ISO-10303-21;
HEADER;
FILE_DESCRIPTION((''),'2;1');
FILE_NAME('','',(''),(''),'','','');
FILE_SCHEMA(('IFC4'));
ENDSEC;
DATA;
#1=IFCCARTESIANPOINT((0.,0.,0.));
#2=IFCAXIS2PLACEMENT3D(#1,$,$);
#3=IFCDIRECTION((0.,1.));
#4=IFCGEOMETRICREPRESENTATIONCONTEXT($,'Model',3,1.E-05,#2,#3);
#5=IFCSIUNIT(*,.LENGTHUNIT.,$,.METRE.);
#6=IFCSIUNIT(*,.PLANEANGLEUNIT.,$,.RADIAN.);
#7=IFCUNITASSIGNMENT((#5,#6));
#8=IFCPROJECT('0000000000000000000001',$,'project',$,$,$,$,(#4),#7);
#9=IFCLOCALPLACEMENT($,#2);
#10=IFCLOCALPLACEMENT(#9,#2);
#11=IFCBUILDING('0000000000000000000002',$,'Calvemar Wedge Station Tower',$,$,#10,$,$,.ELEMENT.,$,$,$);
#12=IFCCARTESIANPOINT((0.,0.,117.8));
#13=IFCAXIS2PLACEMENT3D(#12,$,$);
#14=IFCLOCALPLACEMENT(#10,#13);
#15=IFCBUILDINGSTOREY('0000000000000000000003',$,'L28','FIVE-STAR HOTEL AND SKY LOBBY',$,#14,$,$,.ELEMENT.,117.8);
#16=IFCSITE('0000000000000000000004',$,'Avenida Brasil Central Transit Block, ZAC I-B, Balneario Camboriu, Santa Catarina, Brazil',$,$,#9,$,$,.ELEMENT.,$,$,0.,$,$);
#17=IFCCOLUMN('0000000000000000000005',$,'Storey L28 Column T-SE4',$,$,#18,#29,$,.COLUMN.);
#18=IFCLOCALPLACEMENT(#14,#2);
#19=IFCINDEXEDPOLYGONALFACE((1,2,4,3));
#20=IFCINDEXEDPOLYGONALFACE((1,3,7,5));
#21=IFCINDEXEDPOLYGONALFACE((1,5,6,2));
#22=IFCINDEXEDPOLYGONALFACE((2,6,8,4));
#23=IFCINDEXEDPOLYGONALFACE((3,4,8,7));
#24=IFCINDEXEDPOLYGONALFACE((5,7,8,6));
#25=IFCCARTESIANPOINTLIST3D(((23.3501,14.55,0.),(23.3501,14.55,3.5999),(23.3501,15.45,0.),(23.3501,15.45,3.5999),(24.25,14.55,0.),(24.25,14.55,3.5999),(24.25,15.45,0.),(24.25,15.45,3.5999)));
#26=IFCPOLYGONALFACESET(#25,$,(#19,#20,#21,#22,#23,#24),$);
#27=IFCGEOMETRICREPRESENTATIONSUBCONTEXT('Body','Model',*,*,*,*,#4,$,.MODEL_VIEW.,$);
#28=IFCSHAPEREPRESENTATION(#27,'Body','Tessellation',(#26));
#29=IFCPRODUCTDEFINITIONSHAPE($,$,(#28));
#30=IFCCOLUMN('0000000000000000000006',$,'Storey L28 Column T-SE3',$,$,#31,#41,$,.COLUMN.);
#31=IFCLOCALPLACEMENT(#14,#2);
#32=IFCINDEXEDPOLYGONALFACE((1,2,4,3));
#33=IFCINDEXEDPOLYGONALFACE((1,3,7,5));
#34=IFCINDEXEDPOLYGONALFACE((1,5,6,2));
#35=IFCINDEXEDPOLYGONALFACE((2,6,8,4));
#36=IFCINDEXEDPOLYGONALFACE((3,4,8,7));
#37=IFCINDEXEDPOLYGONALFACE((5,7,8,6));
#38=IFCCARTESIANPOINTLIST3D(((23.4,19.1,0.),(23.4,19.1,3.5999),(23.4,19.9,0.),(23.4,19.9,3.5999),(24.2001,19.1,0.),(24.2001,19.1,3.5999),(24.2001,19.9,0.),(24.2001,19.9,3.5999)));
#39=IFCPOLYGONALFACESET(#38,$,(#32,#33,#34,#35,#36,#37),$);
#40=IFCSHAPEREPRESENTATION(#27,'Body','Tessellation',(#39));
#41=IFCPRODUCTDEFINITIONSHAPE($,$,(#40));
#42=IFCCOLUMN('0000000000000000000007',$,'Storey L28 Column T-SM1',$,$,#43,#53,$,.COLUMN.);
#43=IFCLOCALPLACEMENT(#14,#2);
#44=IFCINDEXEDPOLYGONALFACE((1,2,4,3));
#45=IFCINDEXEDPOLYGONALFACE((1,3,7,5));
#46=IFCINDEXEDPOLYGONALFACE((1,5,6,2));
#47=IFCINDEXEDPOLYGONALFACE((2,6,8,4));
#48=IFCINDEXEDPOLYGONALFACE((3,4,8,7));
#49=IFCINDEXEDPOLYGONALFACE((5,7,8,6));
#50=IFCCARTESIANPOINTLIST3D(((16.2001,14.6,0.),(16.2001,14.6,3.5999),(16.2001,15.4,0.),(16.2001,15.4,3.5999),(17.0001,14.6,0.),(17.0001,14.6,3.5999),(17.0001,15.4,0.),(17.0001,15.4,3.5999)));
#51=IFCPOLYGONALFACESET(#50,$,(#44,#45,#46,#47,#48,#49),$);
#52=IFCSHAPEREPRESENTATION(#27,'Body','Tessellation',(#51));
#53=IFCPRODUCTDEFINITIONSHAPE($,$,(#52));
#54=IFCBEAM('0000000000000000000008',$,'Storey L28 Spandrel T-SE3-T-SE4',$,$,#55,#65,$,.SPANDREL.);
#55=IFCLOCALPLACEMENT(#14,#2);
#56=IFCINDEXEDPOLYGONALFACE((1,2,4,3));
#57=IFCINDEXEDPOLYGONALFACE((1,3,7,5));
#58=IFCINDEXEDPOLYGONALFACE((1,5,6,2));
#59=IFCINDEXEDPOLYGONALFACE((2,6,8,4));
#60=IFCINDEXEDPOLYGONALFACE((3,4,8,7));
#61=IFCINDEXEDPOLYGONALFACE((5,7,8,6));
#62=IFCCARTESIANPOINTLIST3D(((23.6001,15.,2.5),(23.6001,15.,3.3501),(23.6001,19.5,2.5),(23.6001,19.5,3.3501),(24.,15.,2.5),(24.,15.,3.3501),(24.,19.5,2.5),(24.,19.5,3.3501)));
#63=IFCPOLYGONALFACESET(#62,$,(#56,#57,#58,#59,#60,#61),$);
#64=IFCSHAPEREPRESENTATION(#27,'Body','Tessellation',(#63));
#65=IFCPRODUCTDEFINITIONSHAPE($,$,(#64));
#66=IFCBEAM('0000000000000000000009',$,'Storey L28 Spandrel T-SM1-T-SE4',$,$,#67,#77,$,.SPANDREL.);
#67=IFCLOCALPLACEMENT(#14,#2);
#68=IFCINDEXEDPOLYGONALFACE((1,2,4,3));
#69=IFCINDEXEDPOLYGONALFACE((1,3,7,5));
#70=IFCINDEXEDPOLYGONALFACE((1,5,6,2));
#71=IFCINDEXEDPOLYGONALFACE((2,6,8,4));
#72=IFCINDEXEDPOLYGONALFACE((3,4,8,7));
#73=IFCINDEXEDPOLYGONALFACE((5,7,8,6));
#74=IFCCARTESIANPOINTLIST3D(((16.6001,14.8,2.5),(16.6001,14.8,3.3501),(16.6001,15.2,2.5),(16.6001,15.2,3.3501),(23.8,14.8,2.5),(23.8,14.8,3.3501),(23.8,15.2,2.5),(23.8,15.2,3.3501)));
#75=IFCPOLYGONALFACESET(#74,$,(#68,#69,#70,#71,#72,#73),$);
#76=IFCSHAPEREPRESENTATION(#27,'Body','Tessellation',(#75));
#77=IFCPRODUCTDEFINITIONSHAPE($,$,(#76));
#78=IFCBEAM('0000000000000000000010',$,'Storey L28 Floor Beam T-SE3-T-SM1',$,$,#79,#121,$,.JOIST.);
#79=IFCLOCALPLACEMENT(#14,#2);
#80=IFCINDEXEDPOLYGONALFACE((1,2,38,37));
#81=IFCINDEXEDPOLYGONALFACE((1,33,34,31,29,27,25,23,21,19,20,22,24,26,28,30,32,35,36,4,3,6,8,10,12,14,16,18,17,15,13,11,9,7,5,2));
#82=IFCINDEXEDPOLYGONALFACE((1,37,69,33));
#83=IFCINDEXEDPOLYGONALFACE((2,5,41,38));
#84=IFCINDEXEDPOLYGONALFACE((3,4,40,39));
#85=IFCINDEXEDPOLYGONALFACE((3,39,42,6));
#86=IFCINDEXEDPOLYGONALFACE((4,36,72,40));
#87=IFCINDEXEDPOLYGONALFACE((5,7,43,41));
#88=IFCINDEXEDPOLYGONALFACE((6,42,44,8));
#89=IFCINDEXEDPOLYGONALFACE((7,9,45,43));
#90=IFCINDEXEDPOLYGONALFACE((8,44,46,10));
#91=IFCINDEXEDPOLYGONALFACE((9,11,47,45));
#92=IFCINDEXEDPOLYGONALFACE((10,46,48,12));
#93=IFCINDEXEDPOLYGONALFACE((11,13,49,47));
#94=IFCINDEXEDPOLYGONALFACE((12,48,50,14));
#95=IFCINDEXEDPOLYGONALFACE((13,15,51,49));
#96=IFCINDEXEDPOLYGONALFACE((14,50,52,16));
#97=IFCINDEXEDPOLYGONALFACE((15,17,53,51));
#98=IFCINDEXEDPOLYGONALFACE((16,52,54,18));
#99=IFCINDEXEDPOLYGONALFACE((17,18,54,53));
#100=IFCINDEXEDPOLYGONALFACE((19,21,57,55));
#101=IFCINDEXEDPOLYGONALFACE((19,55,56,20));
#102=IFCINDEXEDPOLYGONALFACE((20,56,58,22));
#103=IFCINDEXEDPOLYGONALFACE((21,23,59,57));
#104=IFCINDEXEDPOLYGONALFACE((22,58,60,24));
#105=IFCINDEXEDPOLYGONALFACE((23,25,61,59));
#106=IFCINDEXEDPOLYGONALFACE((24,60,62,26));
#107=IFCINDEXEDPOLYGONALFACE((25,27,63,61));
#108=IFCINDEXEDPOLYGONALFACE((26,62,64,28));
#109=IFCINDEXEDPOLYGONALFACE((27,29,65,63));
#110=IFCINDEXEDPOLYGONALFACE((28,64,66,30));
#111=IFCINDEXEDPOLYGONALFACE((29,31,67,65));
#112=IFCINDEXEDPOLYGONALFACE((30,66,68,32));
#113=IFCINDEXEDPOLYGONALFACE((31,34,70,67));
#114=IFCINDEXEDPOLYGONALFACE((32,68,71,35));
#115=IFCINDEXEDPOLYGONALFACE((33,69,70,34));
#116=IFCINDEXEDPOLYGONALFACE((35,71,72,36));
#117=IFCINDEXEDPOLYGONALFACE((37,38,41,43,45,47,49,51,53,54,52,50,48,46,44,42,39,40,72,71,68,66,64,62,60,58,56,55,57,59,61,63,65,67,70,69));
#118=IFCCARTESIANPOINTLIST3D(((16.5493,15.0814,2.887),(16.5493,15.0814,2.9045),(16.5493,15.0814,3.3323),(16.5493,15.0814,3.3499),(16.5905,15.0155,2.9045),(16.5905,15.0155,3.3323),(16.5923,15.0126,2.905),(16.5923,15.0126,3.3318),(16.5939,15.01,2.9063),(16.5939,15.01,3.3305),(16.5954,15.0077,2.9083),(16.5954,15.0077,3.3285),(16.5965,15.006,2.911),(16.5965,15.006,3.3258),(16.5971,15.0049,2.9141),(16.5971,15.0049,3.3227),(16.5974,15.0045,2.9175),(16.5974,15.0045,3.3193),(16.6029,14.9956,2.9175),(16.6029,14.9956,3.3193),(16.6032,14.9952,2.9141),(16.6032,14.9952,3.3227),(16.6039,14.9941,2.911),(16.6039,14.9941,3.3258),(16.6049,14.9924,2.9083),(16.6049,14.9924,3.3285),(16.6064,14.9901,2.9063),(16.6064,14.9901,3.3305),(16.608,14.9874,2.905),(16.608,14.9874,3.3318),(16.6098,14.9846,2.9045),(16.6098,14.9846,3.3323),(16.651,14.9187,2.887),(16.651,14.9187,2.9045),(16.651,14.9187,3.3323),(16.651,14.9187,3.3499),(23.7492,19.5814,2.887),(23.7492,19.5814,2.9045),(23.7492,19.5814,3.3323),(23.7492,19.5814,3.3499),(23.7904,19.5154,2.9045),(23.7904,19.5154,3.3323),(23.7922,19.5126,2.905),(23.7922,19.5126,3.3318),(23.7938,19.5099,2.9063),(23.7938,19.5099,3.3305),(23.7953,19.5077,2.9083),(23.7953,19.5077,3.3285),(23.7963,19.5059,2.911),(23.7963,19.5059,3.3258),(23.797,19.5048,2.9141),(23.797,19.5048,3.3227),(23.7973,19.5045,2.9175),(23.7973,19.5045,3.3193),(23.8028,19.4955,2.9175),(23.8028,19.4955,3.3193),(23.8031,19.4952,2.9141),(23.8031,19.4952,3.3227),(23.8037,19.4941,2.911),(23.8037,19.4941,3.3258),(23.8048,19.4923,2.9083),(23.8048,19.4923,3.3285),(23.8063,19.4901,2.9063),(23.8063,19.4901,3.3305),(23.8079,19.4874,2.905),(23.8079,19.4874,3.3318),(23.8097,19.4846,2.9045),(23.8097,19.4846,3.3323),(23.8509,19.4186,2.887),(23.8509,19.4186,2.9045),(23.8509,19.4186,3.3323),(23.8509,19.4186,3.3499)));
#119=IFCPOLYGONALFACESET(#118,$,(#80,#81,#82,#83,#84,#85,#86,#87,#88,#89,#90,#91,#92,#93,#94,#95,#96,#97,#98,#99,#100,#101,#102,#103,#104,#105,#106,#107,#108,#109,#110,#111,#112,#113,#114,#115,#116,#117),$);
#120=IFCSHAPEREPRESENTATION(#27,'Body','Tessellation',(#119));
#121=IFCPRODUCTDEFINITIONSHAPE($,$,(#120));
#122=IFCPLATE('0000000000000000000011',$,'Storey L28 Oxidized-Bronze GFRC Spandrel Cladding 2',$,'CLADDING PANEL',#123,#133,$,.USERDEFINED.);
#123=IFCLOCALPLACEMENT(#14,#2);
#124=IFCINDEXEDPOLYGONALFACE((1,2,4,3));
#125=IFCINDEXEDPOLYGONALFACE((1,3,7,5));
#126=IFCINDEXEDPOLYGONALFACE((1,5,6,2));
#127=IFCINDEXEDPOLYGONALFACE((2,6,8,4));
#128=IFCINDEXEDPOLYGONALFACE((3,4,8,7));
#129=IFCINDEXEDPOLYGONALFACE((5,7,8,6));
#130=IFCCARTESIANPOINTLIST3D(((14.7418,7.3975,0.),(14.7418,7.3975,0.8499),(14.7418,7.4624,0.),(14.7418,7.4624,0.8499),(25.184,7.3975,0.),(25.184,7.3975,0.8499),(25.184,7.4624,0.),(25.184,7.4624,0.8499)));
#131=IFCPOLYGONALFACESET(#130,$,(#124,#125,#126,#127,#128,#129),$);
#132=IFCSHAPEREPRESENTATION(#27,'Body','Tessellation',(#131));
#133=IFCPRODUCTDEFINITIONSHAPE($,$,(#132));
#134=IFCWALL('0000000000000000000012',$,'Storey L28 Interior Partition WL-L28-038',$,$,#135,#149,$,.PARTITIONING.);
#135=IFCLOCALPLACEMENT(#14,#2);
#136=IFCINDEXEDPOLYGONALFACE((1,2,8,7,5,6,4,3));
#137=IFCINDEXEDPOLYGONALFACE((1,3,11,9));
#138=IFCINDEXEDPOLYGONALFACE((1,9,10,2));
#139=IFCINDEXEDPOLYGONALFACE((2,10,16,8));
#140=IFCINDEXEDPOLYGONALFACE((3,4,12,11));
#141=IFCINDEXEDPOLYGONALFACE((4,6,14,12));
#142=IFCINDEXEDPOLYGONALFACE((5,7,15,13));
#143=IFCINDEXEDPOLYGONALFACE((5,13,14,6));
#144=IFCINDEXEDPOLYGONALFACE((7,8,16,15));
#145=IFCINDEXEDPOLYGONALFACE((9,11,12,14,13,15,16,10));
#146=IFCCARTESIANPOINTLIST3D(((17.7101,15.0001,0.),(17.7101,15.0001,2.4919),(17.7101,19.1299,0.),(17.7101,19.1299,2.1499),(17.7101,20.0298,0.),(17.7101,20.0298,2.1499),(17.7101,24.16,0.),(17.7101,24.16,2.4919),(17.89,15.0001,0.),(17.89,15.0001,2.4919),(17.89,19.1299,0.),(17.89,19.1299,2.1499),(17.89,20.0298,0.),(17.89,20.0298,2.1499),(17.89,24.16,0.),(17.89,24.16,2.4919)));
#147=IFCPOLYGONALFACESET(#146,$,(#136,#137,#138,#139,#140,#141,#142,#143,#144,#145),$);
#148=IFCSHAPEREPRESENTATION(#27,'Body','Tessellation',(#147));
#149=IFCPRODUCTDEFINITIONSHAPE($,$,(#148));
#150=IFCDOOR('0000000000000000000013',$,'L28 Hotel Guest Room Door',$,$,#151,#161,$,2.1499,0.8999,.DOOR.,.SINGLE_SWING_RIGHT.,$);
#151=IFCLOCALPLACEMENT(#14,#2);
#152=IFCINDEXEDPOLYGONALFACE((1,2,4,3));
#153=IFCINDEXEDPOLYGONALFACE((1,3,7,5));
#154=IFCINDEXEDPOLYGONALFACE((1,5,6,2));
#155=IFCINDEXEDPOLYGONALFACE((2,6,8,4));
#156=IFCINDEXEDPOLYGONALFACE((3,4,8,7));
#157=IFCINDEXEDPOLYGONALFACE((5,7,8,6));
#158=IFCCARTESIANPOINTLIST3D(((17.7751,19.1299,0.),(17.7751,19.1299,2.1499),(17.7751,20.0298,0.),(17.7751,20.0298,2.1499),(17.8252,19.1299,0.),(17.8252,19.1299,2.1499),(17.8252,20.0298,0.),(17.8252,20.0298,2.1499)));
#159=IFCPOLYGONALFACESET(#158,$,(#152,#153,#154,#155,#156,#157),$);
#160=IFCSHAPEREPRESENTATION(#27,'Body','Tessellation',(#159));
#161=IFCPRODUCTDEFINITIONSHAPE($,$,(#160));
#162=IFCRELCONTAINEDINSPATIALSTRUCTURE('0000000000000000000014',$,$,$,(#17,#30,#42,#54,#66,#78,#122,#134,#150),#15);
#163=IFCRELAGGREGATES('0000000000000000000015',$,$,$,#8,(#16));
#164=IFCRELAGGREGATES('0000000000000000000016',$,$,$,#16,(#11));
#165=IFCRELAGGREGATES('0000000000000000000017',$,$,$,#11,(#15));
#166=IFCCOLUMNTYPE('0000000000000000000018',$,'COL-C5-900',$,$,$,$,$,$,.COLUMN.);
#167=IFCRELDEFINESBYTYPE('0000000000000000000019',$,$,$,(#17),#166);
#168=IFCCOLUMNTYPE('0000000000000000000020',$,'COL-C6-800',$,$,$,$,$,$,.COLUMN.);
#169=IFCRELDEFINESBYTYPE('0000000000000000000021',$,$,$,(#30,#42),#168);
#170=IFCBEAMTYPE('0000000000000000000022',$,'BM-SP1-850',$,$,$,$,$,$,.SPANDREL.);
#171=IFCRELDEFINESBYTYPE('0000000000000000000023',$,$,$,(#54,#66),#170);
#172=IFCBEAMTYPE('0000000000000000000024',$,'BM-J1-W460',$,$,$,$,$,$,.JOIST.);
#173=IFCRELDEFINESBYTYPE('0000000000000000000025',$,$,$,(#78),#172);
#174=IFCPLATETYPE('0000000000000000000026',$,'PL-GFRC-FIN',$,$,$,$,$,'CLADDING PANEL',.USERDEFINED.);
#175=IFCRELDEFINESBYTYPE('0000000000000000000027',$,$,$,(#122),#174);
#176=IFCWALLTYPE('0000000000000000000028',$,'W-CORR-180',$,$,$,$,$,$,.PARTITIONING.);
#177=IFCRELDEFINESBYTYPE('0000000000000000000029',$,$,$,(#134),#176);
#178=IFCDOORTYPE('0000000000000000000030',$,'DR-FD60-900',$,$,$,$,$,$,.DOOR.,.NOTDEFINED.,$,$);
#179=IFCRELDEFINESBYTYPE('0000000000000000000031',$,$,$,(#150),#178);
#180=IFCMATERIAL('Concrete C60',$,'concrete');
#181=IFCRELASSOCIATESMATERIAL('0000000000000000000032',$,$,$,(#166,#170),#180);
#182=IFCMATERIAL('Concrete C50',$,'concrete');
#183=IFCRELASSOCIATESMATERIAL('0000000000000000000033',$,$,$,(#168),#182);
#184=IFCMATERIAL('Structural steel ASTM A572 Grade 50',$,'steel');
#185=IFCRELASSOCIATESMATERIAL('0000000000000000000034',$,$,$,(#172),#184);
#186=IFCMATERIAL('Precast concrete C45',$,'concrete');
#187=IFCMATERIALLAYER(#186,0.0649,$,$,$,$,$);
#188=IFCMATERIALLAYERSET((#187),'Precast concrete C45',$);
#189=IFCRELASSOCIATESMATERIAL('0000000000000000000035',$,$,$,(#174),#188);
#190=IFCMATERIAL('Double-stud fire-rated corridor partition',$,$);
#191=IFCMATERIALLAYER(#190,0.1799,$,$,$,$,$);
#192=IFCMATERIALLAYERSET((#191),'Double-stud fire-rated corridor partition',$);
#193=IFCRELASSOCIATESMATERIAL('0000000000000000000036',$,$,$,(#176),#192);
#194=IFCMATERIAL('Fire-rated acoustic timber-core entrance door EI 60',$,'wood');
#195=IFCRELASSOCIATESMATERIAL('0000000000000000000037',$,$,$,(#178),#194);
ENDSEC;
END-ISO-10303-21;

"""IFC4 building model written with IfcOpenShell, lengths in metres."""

from ifc_helpers import new_model, si_unit, direction, frame, frame_2d, origin, origin_2d, place, context, subcontext, project, spatial, rectangle, i_section, extrude, source, transform, mapped, material, layer, layer_set, material_profile, profile_set, type_object, element, fill, save


model = new_model("IFC4")

# Units and contexts
model_context = context("Model", 3, precision=1e-05, world=origin(), true_north=direction((0.0, 1.0)))
body_context = subcontext(model_context, "Body", "Model", "MODEL_VIEW")
ifc_project = project(units=[si_unit("LENGTHUNIT", "METRE"), si_unit("PLANEANGLEUNIT", "RADIAN")], contexts=[model_context])

# Site, building, storey
site_placement = place(None, origin())
site = spatial("IfcSite", under=ifc_project, at=site_placement, Name="Avenida Brasil Central Transit Block, ZAC I-B, Balneario Camboriu, Santa Catarina, Brazil", CompositionType="ELEMENT", RefElevation=0.0)
building_placement = place(site_placement, origin())
building = spatial("IfcBuilding", under=site, at=building_placement, Name="Calvemar Wedge Station Tower", CompositionType="ELEMENT")
storey_placement = place(building_placement, frame((0.0, 0.0, 117.8)))
storey = spatial("IfcBuildingStorey", under=building, at=storey_placement, Name="L28", Description="FIVE-STAR HOTEL AND SKY LOBBY", CompositionType="ELEMENT", Elevation=117.8)

# Columns
ifc_material_1 = material(Name="Concrete C60", Category="concrete")
ifc_material_profile_1 = material_profile(ifc_material_1, rectangle(XDim=0.8999, YDim=0.8999, at=origin_2d()), Name="RC900x900")
ifc_profile_set_1 = profile_set([ifc_material_profile_1], Name="Concrete C60")
column_type_1 = type_object("IfcColumnType", Name="COL-C5-900", PredefinedType="COLUMN", material=ifc_profile_set_1)
shared_shape_1 = source(origin(), body_context, "Body", "SweptSolid", [
    extrude(rectangle(XDim=0.8999, YDim=0.8999, at=origin_2d()), origin(), (0.0, 0.0, 1.0), 3.5999),
])
column_placement = place(storey_placement, frame((23.8, 15.0, 0.0), z_axis=(0.0, 0.0, 1.0), x_axis=(1.0, 0.0, 0.0)))
element("IfcColumn", 1, at=column_placement, inside=storey, type_object=column_type_1, Name="Storey L28 Column T-SE4", PredefinedType="COLUMN", context=body_context, shape_type="MappedRepresentation", body=[
    mapped(shared_shape_1, transform((0.0, 0.0, 0.0), scale=1.0)),
])
ifc_material_2 = material(Name="Concrete C50", Category="concrete")
ifc_material_profile_2 = material_profile(ifc_material_2, rectangle(XDim=0.8, YDim=0.8, at=origin_2d()), Name="RC800x800")
ifc_profile_set_2 = profile_set([ifc_material_profile_2], Name="Concrete C50")
column_type_2 = type_object("IfcColumnType", Name="COL-C6-800", PredefinedType="COLUMN", material=ifc_profile_set_2)
shared_shape_2 = source(origin(), body_context, "Body", "SweptSolid", [
    extrude(rectangle(XDim=0.8, YDim=0.8, at=origin_2d()), origin(), (0.0, 0.0, 1.0), 3.5999),
])
for number, where, z_axis, x_axis, name in (
    (2, (23.8, 19.5, 0.0), (0.0, 0.0, 1.0), (1.0, 0.0, 0.0), "Storey L28 Column T-SE3"),
    (3, (16.6001, 15.0, 0.0), (0.0, 0.0, 1.0), (1.0, 0.0, 0.0), "Storey L28 Column T-SM1"),
):
    element("IfcColumn", number, at=place(storey_placement, frame(where, z_axis=z_axis, x_axis=x_axis)), inside=storey, type_object=column_type_2, Name=name, PredefinedType="COLUMN", context=body_context, shape_type="MappedRepresentation", body=[
        mapped(shared_shape_2, transform((0.0, 0.0, 0.0), scale=1.0)),
    ])

# Beams
ifc_material_profile_3 = material_profile(ifc_material_1, rectangle(XDim=0.3999, YDim=0.8501, at=origin_2d()), Name="RC400x850")
ifc_profile_set_3 = profile_set([ifc_material_profile_3], Name="Concrete C60")
beam_type_1 = type_object("IfcBeamType", Name="BM-SP1-850", PredefinedType="SPANDREL", material=ifc_profile_set_3)
shared_shape_3 = source(origin(), body_context, "Body", "SweptSolid", [
    extrude(rectangle(XDim=0.3999, YDim=0.8501, at=origin_2d()), origin(), (0.0, 0.0, 1.0), 4.5),
])
beam_1_placement = place(storey_placement, frame((23.8, 19.5, 2.925), z_axis=(0.0, -1.0, 0.0), x_axis=(1.0, 0.0, 0.0)))
element("IfcBeam", 4, at=beam_1_placement, inside=storey, type_object=beam_type_1, Name="Storey L28 Spandrel T-SE3-T-SE4", PredefinedType="SPANDREL", context=body_context, shape_type="MappedRepresentation", body=[
    mapped(shared_shape_3, transform((0.0, 0.0, 0.0), scale=1.0)),
])
shared_shape_4 = source(origin(), body_context, "Body", "SweptSolid", [
    extrude(rectangle(XDim=0.3999, YDim=0.8501, at=origin_2d()), origin(), (0.0, 0.0, 1.0), 7.2),
])
beam_2_placement = place(storey_placement, frame((16.6001, 15.0, 2.925), z_axis=(1.0, 0.0, 0.0), x_axis=(0.0, 1.0, 0.0)))
element("IfcBeam", 5, at=beam_2_placement, inside=storey, type_object=beam_type_1, Name="Storey L28 Spandrel T-SM1-T-SE4", PredefinedType="SPANDREL", context=body_context, shape_type="MappedRepresentation", body=[
    mapped(shared_shape_4, transform((0.0, 0.0, 0.0), scale=1.0)),
])
ifc_material_3 = material(Name="Structural steel ASTM A572 Grade 50", Category="steel")
ifc_material_profile_4 = material_profile(ifc_material_3, i_section(OverallWidth=0.1919, OverallDepth=0.4629, WebThickness=0.0105, FlangeThickness=0.0176, FilletRadius=0.0129, at=origin_2d()), Name="W460x89")
ifc_profile_set_4 = profile_set([ifc_material_profile_4], Name="Structural steel ASTM A572 Grade 50")
beam_type_2 = type_object("IfcBeamType", Name="BM-J1-W460", PredefinedType="JOIST", material=ifc_profile_set_4)
shared_shape_5 = source(origin(), body_context, "Body", "SweptSolid", [
    extrude(i_section(OverallWidth=0.1919, OverallDepth=0.4629, WebThickness=0.0105, FlangeThickness=0.0176, FilletRadius=0.0129, at=origin_2d()), origin(), (0.0, 0.0, 1.0), 8.4905),
])
beam_3_placement = place(storey_placement, frame((23.8, 19.5, 3.1184), z_axis=(-0.847997, -0.530002, 0.0), x_axis=(0.530002, -0.847997, 0.0)))
element("IfcBeam", 6, at=beam_3_placement, inside=storey, type_object=beam_type_2, Name="Storey L28 Floor Beam T-SE3-T-SM1", PredefinedType="JOIST", context=body_context, shape_type="MappedRepresentation", body=[
    mapped(shared_shape_5, transform((0.0, 0.0, 0.0), scale=1.0)),
])

# Plate
ifc_material_4 = material(Name="Precast concrete C45", Category="concrete")
ifc_layer_1 = layer(ifc_material_4, 0.0649)
ifc_layer_set_1 = layer_set([ifc_layer_1], Name="Precast concrete C45")
plate_type = type_object("IfcPlateType", Name="PL-GFRC-FIN", ElementType="CLADDING PANEL", PredefinedType="USERDEFINED", material=ifc_layer_set_1)
plate_placement = place(storey_placement, frame((14.7417, 7.4299, 0.0), z_axis=(0.0, 0.0, 1.0), x_axis=(1.0, 0.0, 0.0)))
element("IfcPlate", 7, at=plate_placement, inside=storey, type_object=plate_type, Name="Storey L28 Oxidized-Bronze GFRC Spandrel Cladding 2", ObjectType="CLADDING PANEL", PredefinedType="USERDEFINED", context=body_context, shape_type="SweptSolid", body=[
    extrude(rectangle(XDim=10.4421, YDim=0.0649, at=frame_2d((5.2212, 0.0))), origin(), (0.0, 0.0, 1.0), 0.8499),
])

# Wall, opening, door
ifc_material_5 = material(Name="Double-stud fire-rated corridor partition")
ifc_layer_2 = layer(ifc_material_5, 0.1799)
ifc_layer_set_2 = layer_set([ifc_layer_2], Name="Double-stud fire-rated corridor partition")
wall_type_1 = type_object("IfcWallType", Name="W-CORR-180", PredefinedType="PARTITIONING", material=ifc_layer_set_2)
wall_1_placement = place(storey_placement, frame((17.8, 15.0, 0.0), z_axis=(0.0, 0.0, 1.0), x_axis=(0.0, 1.0, 0.0)))
wall_1 = element("IfcWall", 8, at=wall_1_placement, inside=storey, type_object=wall_type_1, Name="Storey L28 Interior Partition WL-L28-038", PredefinedType="PARTITIONING", context=body_context, shape_type="SweptSolid", body=[
    extrude(rectangle(XDim=9.1599, YDim=0.1799, at=frame_2d((4.5801, 0.0))), origin(), (0.0, 0.0, 1.0), 2.4919),
])
shared_shape_6 = source(origin(), body_context, "Body", "SweptSolid", [
    extrude(rectangle(XDim=0.8999, YDim=2.1499, at=frame_2d((0.45, 1.075))), frame((0.0, 0.1001, 0.0), z_axis=(0.0, -1.0, 0.0), x_axis=(1.0, 0.0, 0.0)), (0.0, 0.0, 1.0), 0.2),
])
opening_1_placement = place(wall_1_placement, frame((4.1299, 0.0, 0.0)))
opening_1 = element("IfcOpeningElement", 9, at=opening_1_placement, cuts=wall_1, PredefinedType="OPENING", context=body_context, shape_type="MappedRepresentation", body=[
    mapped(shared_shape_6, transform((0.0, 0.0, 0.0), scale=1.0)),
])
ifc_material_6 = material(Name="Fire-rated acoustic timber-core entrance door EI 60", Category="wood")
door_type_1 = type_object("IfcDoorType", Name="DR-FD60-900", OperationType="NOTDEFINED", PredefinedType="DOOR", material=ifc_material_6)
shared_shape_7 = source(origin(), body_context, "Body", "SweptSolid", [
    extrude(rectangle(XDim=0.8999, YDim=2.1499, at=frame_2d((0.45, 1.075))), frame((0.0, 0.0249, 0.0), z_axis=(0.0, -1.0, 0.0), x_axis=(1.0, 0.0, 0.0)), (0.0, 0.0, 1.0), 0.05),
])
door_1_placement = place(opening_1_placement, origin())
door_1 = element("IfcDoor", 10, at=door_1_placement, inside=storey, type_object=door_type_1, Name="L28 Hotel Guest Room Door", OperationType="SINGLE_SWING_RIGHT", OverallHeight=2.1499, OverallWidth=0.8999, PredefinedType="DOOR", context=body_context, shape_type="MappedRepresentation", body=[
    mapped(shared_shape_7, transform((0.0, 0.0, 0.0), scale=1.0)),
])
fill(opening_1, door_1)

save(model, "model.ifc")
